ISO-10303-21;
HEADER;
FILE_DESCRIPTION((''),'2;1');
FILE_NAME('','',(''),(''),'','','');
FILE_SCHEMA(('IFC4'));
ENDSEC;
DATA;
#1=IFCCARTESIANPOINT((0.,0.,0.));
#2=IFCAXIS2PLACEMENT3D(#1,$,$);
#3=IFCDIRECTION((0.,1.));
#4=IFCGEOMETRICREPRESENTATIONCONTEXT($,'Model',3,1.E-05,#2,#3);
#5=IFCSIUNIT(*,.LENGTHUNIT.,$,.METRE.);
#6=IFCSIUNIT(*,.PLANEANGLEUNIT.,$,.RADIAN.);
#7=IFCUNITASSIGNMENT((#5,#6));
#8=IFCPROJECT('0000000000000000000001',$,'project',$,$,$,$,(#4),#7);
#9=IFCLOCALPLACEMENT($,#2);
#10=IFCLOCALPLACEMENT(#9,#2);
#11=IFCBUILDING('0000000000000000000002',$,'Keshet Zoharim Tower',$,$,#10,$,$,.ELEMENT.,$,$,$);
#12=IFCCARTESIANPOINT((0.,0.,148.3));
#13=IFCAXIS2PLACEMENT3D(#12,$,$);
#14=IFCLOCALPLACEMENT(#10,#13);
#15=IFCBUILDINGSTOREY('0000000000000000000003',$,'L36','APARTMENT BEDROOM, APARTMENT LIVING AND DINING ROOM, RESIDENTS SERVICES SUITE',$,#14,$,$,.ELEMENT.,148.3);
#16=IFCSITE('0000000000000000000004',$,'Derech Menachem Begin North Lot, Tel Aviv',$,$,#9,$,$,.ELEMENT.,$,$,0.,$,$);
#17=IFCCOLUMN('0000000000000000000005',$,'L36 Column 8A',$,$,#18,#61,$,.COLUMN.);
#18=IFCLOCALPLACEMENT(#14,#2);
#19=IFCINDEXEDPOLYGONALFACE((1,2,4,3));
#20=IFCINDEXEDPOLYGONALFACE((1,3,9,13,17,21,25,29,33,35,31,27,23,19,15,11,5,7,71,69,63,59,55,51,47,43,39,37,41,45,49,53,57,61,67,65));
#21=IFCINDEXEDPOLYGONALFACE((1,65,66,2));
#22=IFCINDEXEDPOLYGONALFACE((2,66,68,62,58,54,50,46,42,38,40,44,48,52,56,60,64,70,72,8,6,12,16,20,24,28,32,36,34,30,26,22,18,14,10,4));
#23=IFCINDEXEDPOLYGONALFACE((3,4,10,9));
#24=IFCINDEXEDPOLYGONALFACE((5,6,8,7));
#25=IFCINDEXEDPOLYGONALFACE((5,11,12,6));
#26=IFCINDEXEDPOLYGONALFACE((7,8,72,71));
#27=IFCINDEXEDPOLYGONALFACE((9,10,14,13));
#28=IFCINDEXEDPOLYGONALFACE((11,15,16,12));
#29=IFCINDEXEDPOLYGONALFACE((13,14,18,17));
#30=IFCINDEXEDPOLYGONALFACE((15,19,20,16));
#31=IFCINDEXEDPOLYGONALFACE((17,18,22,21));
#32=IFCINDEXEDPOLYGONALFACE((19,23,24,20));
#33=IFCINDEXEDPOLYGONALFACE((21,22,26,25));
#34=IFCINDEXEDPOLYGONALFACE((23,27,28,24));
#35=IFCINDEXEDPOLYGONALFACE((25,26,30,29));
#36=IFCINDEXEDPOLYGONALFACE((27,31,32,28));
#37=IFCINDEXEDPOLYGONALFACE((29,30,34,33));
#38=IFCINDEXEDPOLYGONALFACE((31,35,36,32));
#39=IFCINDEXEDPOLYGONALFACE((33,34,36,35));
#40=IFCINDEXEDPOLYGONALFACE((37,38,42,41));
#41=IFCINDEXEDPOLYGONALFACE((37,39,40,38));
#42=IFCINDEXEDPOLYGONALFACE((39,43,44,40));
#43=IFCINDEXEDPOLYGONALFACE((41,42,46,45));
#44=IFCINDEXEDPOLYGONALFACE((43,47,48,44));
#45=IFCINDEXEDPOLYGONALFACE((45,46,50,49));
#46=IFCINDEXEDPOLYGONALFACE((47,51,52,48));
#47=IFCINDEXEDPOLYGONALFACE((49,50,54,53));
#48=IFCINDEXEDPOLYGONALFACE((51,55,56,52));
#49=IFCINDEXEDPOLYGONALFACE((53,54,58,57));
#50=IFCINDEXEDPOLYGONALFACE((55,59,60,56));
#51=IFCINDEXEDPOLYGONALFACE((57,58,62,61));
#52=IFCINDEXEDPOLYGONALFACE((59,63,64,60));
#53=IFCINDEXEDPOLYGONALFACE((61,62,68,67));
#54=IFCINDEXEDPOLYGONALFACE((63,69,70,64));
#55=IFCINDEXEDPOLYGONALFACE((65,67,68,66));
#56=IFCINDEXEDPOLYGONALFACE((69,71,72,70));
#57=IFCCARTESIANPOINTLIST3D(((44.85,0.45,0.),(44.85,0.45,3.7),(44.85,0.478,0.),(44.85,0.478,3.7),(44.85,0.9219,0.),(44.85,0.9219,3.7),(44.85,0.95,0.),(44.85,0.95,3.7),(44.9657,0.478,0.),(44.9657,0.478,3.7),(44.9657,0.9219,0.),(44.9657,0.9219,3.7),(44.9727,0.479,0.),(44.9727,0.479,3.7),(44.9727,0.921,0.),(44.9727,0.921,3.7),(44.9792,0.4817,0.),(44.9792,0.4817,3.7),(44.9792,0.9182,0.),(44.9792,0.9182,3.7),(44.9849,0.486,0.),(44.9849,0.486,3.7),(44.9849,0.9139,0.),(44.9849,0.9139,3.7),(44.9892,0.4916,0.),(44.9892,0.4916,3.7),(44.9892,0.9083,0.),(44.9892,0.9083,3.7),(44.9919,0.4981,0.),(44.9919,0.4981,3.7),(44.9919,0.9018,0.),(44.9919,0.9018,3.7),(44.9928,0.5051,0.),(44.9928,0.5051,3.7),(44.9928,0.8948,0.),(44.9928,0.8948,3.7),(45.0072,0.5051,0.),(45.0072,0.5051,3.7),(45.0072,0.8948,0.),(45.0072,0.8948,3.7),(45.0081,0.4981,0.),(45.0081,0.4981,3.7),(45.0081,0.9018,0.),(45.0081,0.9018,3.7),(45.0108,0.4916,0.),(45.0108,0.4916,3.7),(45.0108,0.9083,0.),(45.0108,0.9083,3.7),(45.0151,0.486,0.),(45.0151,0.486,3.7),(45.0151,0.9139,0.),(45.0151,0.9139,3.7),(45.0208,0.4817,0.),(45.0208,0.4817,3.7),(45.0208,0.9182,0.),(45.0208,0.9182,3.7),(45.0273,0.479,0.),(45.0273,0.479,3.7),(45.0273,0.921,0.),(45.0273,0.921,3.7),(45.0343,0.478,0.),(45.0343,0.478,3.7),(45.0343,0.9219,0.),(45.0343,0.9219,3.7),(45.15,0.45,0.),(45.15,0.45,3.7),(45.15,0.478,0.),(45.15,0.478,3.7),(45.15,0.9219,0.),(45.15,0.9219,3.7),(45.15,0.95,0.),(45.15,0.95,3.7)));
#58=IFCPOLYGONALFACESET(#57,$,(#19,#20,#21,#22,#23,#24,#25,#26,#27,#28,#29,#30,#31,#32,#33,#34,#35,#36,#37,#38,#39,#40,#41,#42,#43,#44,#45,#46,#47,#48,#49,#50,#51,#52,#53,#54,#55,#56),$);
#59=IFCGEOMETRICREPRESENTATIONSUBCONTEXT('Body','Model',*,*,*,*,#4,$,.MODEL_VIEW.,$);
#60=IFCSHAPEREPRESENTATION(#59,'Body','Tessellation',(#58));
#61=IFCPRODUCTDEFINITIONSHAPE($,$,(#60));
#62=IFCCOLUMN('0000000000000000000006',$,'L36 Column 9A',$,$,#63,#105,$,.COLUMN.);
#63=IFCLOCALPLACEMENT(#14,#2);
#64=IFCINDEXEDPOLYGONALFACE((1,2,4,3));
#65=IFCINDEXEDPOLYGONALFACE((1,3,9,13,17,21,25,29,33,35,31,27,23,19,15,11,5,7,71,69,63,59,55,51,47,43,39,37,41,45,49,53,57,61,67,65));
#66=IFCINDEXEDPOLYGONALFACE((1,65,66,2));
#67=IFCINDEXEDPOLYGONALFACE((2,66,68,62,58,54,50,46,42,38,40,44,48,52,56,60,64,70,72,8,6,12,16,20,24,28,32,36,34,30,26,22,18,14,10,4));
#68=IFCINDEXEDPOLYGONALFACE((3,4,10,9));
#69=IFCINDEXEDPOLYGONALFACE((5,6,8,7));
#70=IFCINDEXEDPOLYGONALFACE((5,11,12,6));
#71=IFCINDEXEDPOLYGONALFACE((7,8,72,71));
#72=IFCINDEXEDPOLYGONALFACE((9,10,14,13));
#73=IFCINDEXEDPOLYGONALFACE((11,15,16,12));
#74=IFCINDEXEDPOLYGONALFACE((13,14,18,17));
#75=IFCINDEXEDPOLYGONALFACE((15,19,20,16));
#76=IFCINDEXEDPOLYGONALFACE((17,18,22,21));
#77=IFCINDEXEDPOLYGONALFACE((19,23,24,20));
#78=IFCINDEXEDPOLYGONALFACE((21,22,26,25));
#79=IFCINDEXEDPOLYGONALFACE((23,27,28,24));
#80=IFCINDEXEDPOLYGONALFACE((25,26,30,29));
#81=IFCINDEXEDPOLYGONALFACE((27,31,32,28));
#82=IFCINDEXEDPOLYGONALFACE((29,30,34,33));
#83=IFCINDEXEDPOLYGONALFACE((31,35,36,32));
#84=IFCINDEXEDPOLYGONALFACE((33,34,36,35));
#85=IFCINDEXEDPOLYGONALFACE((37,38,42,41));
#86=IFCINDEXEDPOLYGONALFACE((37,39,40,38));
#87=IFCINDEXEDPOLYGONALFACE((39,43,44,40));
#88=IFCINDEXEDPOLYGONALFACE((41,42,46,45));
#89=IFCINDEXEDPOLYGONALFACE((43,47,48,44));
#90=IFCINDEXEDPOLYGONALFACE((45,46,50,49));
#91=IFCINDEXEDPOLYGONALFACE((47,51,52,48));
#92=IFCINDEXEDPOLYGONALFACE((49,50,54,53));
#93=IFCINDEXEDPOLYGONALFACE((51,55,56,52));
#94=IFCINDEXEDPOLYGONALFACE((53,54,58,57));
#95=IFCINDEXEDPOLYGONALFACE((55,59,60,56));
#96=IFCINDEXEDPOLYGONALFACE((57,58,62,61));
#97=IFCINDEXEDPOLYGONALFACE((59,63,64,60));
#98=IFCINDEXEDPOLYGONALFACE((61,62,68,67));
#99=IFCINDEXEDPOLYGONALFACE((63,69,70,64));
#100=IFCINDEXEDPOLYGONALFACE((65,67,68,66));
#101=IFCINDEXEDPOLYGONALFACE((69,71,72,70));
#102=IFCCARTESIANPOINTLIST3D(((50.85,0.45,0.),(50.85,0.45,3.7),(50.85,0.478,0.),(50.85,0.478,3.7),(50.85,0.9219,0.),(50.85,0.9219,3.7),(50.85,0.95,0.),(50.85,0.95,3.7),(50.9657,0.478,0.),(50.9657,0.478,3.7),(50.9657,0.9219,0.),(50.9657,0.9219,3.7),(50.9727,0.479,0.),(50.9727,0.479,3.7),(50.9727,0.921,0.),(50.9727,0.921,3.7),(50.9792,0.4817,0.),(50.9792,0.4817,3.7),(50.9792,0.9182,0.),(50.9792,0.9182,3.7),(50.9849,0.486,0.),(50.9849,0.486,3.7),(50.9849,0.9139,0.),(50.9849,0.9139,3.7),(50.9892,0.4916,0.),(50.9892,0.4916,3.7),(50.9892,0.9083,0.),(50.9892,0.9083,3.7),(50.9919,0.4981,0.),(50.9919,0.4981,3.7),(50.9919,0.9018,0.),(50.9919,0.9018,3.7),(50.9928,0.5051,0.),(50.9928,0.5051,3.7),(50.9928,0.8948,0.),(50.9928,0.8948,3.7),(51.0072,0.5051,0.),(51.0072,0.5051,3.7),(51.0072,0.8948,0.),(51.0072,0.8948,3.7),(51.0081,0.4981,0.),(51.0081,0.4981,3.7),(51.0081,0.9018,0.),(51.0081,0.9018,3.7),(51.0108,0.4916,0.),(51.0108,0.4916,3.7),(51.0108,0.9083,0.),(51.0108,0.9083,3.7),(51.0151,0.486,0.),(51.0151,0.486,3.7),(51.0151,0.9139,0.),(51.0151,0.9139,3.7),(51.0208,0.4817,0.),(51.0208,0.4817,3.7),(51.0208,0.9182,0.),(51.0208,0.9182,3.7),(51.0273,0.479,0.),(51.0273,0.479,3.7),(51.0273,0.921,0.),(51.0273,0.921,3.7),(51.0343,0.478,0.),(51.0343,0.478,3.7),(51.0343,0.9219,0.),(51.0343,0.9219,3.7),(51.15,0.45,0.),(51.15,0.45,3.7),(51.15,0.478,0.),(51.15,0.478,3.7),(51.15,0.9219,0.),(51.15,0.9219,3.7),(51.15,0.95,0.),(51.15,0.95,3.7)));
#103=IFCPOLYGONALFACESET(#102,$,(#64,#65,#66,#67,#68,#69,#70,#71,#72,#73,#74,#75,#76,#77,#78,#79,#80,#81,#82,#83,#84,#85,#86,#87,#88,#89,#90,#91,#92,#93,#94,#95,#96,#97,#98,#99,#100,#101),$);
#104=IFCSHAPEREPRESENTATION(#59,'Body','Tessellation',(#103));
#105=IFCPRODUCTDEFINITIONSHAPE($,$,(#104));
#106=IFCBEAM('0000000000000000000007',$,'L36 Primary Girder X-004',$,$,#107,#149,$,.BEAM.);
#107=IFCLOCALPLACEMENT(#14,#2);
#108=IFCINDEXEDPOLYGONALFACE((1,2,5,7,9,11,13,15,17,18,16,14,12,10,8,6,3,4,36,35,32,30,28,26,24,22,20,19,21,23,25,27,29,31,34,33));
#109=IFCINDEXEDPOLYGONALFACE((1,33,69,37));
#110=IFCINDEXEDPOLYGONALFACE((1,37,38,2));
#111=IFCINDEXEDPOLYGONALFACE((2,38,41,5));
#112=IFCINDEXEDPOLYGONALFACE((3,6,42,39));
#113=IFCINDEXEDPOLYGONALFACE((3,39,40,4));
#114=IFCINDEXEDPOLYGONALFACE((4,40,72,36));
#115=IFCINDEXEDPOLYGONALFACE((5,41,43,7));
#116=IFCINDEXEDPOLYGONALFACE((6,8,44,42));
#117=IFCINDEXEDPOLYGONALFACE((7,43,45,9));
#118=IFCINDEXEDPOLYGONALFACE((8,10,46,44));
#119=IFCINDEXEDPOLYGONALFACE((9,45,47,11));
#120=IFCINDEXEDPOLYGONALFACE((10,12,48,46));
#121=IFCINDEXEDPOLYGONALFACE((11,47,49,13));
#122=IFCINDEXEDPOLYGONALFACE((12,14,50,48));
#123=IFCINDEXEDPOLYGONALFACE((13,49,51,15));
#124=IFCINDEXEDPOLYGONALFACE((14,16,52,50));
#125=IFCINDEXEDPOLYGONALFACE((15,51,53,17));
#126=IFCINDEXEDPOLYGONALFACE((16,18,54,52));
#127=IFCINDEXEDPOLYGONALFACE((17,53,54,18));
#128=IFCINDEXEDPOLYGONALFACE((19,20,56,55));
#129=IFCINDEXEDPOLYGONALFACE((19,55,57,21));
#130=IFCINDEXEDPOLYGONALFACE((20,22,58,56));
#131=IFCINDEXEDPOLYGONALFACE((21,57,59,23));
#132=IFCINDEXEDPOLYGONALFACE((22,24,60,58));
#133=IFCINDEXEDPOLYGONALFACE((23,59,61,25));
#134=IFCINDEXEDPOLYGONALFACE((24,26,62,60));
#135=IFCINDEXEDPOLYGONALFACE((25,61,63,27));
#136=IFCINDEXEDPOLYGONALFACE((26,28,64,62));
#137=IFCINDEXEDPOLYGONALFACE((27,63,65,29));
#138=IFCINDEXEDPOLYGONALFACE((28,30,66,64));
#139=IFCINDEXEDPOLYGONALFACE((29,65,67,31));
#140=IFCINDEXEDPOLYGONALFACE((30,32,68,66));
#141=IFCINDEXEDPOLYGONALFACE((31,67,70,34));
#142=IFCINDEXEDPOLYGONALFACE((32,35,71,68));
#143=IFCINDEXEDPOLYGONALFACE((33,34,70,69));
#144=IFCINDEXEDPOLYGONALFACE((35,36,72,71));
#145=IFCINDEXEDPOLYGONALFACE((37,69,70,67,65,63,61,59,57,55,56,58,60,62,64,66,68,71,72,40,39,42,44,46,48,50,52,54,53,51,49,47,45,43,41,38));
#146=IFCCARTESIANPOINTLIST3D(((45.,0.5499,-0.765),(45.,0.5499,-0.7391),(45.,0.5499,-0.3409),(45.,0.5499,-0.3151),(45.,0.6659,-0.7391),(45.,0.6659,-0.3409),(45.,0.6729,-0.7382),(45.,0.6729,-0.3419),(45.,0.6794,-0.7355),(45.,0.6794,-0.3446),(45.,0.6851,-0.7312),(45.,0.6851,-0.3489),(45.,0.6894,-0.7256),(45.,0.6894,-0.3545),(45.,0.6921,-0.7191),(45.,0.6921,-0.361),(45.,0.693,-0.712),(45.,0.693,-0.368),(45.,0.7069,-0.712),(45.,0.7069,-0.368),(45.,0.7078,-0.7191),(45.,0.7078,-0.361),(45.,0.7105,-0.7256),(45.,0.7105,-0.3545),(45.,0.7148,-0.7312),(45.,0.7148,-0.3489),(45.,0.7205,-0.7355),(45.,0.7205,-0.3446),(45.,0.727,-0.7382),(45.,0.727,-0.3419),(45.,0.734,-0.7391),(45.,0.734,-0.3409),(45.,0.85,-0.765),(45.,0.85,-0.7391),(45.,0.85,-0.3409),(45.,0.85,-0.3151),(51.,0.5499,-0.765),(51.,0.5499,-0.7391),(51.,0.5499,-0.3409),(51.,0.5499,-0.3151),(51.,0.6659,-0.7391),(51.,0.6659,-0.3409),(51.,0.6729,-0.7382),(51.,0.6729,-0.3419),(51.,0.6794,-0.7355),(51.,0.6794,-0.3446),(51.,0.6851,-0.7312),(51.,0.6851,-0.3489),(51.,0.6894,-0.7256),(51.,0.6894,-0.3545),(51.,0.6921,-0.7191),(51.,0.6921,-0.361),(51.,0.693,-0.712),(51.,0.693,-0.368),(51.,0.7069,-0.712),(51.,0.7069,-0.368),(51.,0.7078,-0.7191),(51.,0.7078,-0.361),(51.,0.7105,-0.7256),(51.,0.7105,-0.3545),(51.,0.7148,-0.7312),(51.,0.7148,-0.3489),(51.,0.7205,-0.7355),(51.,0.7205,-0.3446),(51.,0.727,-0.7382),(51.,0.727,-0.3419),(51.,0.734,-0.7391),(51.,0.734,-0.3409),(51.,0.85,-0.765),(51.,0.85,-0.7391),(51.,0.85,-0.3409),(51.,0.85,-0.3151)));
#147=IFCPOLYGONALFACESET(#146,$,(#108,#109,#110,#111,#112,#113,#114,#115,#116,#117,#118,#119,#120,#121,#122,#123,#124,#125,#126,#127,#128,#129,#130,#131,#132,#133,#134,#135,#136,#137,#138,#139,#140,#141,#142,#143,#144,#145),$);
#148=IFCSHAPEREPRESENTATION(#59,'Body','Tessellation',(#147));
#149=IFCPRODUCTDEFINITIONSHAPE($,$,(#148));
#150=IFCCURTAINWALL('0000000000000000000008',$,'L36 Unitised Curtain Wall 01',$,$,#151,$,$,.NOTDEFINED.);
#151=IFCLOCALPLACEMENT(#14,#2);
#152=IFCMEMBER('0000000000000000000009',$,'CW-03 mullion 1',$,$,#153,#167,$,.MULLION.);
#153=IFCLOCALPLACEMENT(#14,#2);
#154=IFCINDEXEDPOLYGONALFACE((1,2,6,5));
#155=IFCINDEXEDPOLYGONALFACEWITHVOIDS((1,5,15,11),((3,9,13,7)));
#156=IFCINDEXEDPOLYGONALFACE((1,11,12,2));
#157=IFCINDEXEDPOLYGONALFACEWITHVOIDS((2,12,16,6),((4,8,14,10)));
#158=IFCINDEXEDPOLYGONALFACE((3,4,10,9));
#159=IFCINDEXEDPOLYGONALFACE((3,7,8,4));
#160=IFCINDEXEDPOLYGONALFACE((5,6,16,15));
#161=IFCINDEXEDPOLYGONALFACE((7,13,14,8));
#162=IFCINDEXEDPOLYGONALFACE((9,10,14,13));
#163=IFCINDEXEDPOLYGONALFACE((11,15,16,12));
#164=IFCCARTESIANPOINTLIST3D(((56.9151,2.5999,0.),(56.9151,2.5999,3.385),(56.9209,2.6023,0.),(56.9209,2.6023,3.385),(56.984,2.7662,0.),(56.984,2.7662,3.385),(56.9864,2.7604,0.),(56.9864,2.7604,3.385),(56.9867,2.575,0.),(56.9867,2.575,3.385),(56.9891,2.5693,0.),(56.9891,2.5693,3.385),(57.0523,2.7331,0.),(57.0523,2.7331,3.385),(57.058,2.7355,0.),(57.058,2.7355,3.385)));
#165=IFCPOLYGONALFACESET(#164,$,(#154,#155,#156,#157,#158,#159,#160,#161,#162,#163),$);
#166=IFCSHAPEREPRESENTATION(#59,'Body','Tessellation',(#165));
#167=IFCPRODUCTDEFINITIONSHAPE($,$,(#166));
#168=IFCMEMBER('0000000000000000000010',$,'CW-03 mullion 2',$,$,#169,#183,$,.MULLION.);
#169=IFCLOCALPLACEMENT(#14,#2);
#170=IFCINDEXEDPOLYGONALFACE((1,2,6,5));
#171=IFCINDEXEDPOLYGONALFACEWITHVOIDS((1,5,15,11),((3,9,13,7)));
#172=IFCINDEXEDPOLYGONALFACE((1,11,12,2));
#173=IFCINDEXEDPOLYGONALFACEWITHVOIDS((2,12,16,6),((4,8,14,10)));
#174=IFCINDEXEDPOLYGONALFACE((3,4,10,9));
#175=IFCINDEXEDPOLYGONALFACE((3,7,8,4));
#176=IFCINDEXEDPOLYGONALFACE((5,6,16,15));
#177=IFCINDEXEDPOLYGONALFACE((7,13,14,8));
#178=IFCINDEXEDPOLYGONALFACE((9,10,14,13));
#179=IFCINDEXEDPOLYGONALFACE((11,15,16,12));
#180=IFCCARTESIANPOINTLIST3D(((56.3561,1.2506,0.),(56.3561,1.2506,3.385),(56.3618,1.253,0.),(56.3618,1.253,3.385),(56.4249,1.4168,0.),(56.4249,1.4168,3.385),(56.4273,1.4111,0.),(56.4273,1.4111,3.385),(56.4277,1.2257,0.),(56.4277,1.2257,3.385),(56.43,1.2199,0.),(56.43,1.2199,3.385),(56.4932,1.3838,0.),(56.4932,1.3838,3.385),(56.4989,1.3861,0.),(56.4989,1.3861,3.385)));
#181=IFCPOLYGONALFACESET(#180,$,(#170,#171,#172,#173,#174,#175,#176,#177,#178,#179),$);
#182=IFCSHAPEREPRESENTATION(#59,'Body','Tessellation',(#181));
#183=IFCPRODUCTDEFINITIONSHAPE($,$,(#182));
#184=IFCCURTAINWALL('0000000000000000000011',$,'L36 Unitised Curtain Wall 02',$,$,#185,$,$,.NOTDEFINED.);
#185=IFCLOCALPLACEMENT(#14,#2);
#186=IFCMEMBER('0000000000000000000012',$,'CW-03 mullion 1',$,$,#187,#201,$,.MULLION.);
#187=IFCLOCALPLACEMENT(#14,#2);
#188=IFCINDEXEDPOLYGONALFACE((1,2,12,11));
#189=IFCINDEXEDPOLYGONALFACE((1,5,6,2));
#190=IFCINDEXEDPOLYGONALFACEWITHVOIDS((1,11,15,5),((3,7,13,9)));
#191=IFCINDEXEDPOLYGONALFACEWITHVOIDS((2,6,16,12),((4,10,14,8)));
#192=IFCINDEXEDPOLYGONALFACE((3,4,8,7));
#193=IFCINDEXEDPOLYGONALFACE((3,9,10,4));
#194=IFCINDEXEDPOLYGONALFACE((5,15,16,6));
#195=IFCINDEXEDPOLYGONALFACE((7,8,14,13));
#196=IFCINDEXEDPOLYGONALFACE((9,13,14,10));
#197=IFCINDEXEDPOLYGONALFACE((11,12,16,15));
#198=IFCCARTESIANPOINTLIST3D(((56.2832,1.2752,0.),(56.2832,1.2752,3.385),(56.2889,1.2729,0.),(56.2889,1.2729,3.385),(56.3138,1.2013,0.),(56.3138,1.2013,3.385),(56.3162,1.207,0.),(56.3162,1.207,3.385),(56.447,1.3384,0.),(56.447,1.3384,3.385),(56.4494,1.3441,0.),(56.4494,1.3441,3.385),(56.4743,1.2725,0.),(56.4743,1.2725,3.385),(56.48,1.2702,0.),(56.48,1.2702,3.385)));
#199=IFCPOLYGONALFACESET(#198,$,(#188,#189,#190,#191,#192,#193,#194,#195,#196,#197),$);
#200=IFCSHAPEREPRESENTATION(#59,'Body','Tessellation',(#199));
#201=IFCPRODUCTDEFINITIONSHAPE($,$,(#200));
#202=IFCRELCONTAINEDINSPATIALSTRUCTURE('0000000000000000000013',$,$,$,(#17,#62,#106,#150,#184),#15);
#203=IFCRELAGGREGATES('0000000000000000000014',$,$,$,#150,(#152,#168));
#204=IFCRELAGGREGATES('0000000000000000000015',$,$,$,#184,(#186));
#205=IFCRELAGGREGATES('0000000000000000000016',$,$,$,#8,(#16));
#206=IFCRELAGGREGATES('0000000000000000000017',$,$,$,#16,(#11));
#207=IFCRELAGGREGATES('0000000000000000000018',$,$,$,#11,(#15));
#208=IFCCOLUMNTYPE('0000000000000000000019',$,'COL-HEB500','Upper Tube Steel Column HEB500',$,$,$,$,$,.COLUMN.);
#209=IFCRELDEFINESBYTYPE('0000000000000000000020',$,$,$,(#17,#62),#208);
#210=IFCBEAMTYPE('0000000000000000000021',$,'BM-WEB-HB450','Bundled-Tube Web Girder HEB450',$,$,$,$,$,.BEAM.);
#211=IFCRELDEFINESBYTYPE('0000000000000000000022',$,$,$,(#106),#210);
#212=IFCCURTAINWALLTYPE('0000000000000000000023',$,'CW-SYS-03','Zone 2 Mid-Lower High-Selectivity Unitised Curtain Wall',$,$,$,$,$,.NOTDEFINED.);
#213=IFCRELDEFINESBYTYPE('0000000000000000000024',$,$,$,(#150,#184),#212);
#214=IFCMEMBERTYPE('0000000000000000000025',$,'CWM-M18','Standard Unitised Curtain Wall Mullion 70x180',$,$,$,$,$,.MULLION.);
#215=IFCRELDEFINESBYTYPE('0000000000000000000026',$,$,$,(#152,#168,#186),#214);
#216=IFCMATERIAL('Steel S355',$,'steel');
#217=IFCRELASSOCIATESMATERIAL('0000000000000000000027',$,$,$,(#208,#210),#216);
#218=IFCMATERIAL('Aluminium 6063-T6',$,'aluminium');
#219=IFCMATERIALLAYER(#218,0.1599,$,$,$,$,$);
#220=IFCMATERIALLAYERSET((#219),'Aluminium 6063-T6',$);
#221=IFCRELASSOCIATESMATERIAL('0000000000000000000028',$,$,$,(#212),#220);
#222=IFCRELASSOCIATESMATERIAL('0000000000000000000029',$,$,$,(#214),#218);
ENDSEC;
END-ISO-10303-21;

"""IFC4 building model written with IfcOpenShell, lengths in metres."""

from ifc_helpers import new_model, si_unit, direction, frame, origin, origin_2d, place, context, subcontext, project, spatial, hollow_rectangle, i_section, extrude, material, layer, layer_set, material_profile, profile_set, type_object, element, aggregate, save


model = new_model("IFC4")

# Units and contexts
model_context = context("Model", 3, precision=1e-05, world=origin(), true_north=direction((0.0, 1.0)))
body_context = subcontext(model_context, "Body", "Model", "MODEL_VIEW")
ifc_project = project(units=[si_unit("LENGTHUNIT", "METRE"), si_unit("PLANEANGLEUNIT", "RADIAN")], contexts=[model_context])

# Site, building, storey
site_placement = place(None, origin())
site = spatial("IfcSite", under=ifc_project, at=site_placement, Name="Derech Menachem Begin North Lot, Tel Aviv", CompositionType="ELEMENT", RefElevation=0.0)
building_placement = place(site_placement, origin())
building = spatial("IfcBuilding", under=site, at=building_placement, Name="Keshet Zoharim Tower", CompositionType="ELEMENT")
storey_placement = place(building_placement, frame((0.0, 0.0, 148.3)))
storey = spatial("IfcBuildingStorey", under=building, at=storey_placement, Name="L36", Description="APARTMENT BEDROOM, APARTMENT LIVING AND DINING ROOM, RESIDENTS SERVICES SUITE", CompositionType="ELEMENT", Elevation=148.3)

# Columns
ifc_material_1 = material(Name="Steel S355", Category="steel")
ifc_material_profile_1 = material_profile(ifc_material_1, i_section(OverallWidth=0.3, OverallDepth=0.5, WebThickness=0.0144, FlangeThickness=0.0281, FilletRadius=0.0271, at=origin_2d()), Name="HEB500")
ifc_profile_set_1 = profile_set([ifc_material_profile_1], Name="Steel S355")
column_type = type_object("IfcColumnType", Name="COL-HEB500", Description="Upper Tube Steel Column HEB500", PredefinedType="COLUMN", material=ifc_profile_set_1)
for number, where, z_axis, x_axis, name in (
    (1, (45.0, 0.7, 0.0), (0.0, 0.0, 1.0), (1.0, 0.0, 0.0), "L36 Column 8A"),
    (2, (51.0, 0.7, 0.0), (0.0, 0.0, 1.0), (1.0, 0.0, 0.0), "L36 Column 9A"),
):
    element("IfcColumn", number, at=place(storey_placement, frame(where, z_axis=z_axis, x_axis=x_axis)), inside=storey, type_object=column_type, Name=name, PredefinedType="COLUMN", context=body_context, shape_type="SweptSolid", body=[
        extrude(i_section(OverallWidth=0.3, OverallDepth=0.5, WebThickness=0.0144, FlangeThickness=0.0281, FilletRadius=0.0271, at=origin_2d()), origin(), (0.0, 0.0, 1.0), 3.7),
    ])

# Beam
ifc_material_profile_2 = material_profile(ifc_material_1, i_section(OverallWidth=0.3, OverallDepth=0.45, WebThickness=0.0139, FlangeThickness=0.0259, FilletRadius=0.0271, at=origin_2d()), Name="HEB450")
ifc_profile_set_2 = profile_set([ifc_material_profile_2], Name="Steel S355")
beam_type = type_object("IfcBeamType", Name="BM-WEB-HB450", Description="Bundled-Tube Web Girder HEB450", PredefinedType="BEAM", material=ifc_profile_set_2)
beam_placement = place(storey_placement, frame((45.0, 0.7, -0.54), z_axis=(1.0, 0.0, 0.0), x_axis=(0.0, 1.0, 0.0)))
element("IfcBeam", 3, at=beam_placement, inside=storey, type_object=beam_type, Name="L36 Primary Girder X-004", PredefinedType="BEAM", context=body_context, shape_type="SweptSolid", body=[
    extrude(i_section(OverallWidth=0.3, OverallDepth=0.45, WebThickness=0.0139, FlangeThickness=0.0259, FilletRadius=0.0271, at=origin_2d()), origin(), (0.0, 0.0, 1.0), 6.0),
])

# Curtain walls, members
ifc_material_2 = material(Name="Aluminium 6063-T6", Category="aluminium")
ifc_layer_1 = layer(ifc_material_2, 0.1599)
ifc_layer_set_1 = layer_set([ifc_layer_1], Name="Aluminium 6063-T6")
curtain_wall_type = type_object("IfcCurtainWallType", Name="CW-SYS-03", Description="Zone 2 Mid-Lower High-Selectivity Unitised Curtain Wall", PredefinedType="NOTDEFINED", material=ifc_layer_set_1)
curtain_wall_1_placement = place(storey_placement, origin())
curtain_wall_1 = element("IfcCurtainWall", 4, at=curtain_wall_1_placement, inside=storey, type_object=curtain_wall_type, Name="L36 Unitised Curtain Wall 01", PredefinedType="NOTDEFINED")
ifc_material_profile_3 = material_profile(ifc_material_2, hollow_rectangle(XDim=0.0801, YDim=0.1799, WallThickness=0.0044, at=origin_2d()), Name="MUL-80x180")
ifc_profile_set_3 = profile_set([ifc_material_profile_3], Name="Aluminium 6063-T6")
member_type_1 = type_object("IfcMemberType", Name="CWM-M18", Description="Standard Unitised Curtain Wall Mullion 70x180", PredefinedType="MULLION", material=ifc_profile_set_3)
member_1_placement = place(storey_placement, frame((56.9866, 2.6677, 0.0), z_axis=(0.0, 0.0, 1.0), x_axis=(0.92381, -0.382852, 0.0)))
member_1 = element("IfcMember", 5, at=member_1_placement, type_object=member_type_1, Name="CW-03 mullion 1", PredefinedType="MULLION", context=body_context, shape_type="SweptSolid", body=[
    extrude(hollow_rectangle(XDim=0.0801, YDim=0.1799, WallThickness=0.0044, at=origin_2d()), origin(), (0.0, 0.0, 1.0), 3.385),
])
member_2_placement = place(storey_placement, frame((56.4275, 1.3184, 0.0), z_axis=(0.0, 0.0, 1.0), x_axis=(0.92381, -0.382852, 0.0)))
member_2 = element("IfcMember", 6, at=member_2_placement, type_object=member_type_1, Name="CW-03 mullion 2", PredefinedType="MULLION", context=body_context, shape_type="SweptSolid", body=[
    extrude(hollow_rectangle(XDim=0.0801, YDim=0.1799, WallThickness=0.0044, at=origin_2d()), origin(), (0.0, 0.0, 1.0), 3.385),
])
curtain_wall_2_placement = place(storey_placement, origin())
curtain_wall_2 = element("IfcCurtainWall", 7, at=curtain_wall_2_placement, inside=storey, type_object=curtain_wall_type, Name="L36 Unitised Curtain Wall 02", PredefinedType="NOTDEFINED")
member_3_placement = place(storey_placement, frame((56.3816, 1.2727, 0.0), z_axis=(0.0, 0.0, 1.0), x_axis=(0.382852, -0.92381, 0.0)))
member_3 = element("IfcMember", 8, at=member_3_placement, type_object=member_type_1, Name="CW-03 mullion 1", PredefinedType="MULLION", context=body_context, shape_type="SweptSolid", body=[
    extrude(hollow_rectangle(XDim=0.0801, YDim=0.1799, WallThickness=0.0044, at=origin_2d()), origin(), (0.0, 0.0, 1.0), 3.385),
])

aggregate(curtain_wall_1, [member_1, member_2])
aggregate(curtain_wall_2, [member_3])

save(model, "model.ifc")
